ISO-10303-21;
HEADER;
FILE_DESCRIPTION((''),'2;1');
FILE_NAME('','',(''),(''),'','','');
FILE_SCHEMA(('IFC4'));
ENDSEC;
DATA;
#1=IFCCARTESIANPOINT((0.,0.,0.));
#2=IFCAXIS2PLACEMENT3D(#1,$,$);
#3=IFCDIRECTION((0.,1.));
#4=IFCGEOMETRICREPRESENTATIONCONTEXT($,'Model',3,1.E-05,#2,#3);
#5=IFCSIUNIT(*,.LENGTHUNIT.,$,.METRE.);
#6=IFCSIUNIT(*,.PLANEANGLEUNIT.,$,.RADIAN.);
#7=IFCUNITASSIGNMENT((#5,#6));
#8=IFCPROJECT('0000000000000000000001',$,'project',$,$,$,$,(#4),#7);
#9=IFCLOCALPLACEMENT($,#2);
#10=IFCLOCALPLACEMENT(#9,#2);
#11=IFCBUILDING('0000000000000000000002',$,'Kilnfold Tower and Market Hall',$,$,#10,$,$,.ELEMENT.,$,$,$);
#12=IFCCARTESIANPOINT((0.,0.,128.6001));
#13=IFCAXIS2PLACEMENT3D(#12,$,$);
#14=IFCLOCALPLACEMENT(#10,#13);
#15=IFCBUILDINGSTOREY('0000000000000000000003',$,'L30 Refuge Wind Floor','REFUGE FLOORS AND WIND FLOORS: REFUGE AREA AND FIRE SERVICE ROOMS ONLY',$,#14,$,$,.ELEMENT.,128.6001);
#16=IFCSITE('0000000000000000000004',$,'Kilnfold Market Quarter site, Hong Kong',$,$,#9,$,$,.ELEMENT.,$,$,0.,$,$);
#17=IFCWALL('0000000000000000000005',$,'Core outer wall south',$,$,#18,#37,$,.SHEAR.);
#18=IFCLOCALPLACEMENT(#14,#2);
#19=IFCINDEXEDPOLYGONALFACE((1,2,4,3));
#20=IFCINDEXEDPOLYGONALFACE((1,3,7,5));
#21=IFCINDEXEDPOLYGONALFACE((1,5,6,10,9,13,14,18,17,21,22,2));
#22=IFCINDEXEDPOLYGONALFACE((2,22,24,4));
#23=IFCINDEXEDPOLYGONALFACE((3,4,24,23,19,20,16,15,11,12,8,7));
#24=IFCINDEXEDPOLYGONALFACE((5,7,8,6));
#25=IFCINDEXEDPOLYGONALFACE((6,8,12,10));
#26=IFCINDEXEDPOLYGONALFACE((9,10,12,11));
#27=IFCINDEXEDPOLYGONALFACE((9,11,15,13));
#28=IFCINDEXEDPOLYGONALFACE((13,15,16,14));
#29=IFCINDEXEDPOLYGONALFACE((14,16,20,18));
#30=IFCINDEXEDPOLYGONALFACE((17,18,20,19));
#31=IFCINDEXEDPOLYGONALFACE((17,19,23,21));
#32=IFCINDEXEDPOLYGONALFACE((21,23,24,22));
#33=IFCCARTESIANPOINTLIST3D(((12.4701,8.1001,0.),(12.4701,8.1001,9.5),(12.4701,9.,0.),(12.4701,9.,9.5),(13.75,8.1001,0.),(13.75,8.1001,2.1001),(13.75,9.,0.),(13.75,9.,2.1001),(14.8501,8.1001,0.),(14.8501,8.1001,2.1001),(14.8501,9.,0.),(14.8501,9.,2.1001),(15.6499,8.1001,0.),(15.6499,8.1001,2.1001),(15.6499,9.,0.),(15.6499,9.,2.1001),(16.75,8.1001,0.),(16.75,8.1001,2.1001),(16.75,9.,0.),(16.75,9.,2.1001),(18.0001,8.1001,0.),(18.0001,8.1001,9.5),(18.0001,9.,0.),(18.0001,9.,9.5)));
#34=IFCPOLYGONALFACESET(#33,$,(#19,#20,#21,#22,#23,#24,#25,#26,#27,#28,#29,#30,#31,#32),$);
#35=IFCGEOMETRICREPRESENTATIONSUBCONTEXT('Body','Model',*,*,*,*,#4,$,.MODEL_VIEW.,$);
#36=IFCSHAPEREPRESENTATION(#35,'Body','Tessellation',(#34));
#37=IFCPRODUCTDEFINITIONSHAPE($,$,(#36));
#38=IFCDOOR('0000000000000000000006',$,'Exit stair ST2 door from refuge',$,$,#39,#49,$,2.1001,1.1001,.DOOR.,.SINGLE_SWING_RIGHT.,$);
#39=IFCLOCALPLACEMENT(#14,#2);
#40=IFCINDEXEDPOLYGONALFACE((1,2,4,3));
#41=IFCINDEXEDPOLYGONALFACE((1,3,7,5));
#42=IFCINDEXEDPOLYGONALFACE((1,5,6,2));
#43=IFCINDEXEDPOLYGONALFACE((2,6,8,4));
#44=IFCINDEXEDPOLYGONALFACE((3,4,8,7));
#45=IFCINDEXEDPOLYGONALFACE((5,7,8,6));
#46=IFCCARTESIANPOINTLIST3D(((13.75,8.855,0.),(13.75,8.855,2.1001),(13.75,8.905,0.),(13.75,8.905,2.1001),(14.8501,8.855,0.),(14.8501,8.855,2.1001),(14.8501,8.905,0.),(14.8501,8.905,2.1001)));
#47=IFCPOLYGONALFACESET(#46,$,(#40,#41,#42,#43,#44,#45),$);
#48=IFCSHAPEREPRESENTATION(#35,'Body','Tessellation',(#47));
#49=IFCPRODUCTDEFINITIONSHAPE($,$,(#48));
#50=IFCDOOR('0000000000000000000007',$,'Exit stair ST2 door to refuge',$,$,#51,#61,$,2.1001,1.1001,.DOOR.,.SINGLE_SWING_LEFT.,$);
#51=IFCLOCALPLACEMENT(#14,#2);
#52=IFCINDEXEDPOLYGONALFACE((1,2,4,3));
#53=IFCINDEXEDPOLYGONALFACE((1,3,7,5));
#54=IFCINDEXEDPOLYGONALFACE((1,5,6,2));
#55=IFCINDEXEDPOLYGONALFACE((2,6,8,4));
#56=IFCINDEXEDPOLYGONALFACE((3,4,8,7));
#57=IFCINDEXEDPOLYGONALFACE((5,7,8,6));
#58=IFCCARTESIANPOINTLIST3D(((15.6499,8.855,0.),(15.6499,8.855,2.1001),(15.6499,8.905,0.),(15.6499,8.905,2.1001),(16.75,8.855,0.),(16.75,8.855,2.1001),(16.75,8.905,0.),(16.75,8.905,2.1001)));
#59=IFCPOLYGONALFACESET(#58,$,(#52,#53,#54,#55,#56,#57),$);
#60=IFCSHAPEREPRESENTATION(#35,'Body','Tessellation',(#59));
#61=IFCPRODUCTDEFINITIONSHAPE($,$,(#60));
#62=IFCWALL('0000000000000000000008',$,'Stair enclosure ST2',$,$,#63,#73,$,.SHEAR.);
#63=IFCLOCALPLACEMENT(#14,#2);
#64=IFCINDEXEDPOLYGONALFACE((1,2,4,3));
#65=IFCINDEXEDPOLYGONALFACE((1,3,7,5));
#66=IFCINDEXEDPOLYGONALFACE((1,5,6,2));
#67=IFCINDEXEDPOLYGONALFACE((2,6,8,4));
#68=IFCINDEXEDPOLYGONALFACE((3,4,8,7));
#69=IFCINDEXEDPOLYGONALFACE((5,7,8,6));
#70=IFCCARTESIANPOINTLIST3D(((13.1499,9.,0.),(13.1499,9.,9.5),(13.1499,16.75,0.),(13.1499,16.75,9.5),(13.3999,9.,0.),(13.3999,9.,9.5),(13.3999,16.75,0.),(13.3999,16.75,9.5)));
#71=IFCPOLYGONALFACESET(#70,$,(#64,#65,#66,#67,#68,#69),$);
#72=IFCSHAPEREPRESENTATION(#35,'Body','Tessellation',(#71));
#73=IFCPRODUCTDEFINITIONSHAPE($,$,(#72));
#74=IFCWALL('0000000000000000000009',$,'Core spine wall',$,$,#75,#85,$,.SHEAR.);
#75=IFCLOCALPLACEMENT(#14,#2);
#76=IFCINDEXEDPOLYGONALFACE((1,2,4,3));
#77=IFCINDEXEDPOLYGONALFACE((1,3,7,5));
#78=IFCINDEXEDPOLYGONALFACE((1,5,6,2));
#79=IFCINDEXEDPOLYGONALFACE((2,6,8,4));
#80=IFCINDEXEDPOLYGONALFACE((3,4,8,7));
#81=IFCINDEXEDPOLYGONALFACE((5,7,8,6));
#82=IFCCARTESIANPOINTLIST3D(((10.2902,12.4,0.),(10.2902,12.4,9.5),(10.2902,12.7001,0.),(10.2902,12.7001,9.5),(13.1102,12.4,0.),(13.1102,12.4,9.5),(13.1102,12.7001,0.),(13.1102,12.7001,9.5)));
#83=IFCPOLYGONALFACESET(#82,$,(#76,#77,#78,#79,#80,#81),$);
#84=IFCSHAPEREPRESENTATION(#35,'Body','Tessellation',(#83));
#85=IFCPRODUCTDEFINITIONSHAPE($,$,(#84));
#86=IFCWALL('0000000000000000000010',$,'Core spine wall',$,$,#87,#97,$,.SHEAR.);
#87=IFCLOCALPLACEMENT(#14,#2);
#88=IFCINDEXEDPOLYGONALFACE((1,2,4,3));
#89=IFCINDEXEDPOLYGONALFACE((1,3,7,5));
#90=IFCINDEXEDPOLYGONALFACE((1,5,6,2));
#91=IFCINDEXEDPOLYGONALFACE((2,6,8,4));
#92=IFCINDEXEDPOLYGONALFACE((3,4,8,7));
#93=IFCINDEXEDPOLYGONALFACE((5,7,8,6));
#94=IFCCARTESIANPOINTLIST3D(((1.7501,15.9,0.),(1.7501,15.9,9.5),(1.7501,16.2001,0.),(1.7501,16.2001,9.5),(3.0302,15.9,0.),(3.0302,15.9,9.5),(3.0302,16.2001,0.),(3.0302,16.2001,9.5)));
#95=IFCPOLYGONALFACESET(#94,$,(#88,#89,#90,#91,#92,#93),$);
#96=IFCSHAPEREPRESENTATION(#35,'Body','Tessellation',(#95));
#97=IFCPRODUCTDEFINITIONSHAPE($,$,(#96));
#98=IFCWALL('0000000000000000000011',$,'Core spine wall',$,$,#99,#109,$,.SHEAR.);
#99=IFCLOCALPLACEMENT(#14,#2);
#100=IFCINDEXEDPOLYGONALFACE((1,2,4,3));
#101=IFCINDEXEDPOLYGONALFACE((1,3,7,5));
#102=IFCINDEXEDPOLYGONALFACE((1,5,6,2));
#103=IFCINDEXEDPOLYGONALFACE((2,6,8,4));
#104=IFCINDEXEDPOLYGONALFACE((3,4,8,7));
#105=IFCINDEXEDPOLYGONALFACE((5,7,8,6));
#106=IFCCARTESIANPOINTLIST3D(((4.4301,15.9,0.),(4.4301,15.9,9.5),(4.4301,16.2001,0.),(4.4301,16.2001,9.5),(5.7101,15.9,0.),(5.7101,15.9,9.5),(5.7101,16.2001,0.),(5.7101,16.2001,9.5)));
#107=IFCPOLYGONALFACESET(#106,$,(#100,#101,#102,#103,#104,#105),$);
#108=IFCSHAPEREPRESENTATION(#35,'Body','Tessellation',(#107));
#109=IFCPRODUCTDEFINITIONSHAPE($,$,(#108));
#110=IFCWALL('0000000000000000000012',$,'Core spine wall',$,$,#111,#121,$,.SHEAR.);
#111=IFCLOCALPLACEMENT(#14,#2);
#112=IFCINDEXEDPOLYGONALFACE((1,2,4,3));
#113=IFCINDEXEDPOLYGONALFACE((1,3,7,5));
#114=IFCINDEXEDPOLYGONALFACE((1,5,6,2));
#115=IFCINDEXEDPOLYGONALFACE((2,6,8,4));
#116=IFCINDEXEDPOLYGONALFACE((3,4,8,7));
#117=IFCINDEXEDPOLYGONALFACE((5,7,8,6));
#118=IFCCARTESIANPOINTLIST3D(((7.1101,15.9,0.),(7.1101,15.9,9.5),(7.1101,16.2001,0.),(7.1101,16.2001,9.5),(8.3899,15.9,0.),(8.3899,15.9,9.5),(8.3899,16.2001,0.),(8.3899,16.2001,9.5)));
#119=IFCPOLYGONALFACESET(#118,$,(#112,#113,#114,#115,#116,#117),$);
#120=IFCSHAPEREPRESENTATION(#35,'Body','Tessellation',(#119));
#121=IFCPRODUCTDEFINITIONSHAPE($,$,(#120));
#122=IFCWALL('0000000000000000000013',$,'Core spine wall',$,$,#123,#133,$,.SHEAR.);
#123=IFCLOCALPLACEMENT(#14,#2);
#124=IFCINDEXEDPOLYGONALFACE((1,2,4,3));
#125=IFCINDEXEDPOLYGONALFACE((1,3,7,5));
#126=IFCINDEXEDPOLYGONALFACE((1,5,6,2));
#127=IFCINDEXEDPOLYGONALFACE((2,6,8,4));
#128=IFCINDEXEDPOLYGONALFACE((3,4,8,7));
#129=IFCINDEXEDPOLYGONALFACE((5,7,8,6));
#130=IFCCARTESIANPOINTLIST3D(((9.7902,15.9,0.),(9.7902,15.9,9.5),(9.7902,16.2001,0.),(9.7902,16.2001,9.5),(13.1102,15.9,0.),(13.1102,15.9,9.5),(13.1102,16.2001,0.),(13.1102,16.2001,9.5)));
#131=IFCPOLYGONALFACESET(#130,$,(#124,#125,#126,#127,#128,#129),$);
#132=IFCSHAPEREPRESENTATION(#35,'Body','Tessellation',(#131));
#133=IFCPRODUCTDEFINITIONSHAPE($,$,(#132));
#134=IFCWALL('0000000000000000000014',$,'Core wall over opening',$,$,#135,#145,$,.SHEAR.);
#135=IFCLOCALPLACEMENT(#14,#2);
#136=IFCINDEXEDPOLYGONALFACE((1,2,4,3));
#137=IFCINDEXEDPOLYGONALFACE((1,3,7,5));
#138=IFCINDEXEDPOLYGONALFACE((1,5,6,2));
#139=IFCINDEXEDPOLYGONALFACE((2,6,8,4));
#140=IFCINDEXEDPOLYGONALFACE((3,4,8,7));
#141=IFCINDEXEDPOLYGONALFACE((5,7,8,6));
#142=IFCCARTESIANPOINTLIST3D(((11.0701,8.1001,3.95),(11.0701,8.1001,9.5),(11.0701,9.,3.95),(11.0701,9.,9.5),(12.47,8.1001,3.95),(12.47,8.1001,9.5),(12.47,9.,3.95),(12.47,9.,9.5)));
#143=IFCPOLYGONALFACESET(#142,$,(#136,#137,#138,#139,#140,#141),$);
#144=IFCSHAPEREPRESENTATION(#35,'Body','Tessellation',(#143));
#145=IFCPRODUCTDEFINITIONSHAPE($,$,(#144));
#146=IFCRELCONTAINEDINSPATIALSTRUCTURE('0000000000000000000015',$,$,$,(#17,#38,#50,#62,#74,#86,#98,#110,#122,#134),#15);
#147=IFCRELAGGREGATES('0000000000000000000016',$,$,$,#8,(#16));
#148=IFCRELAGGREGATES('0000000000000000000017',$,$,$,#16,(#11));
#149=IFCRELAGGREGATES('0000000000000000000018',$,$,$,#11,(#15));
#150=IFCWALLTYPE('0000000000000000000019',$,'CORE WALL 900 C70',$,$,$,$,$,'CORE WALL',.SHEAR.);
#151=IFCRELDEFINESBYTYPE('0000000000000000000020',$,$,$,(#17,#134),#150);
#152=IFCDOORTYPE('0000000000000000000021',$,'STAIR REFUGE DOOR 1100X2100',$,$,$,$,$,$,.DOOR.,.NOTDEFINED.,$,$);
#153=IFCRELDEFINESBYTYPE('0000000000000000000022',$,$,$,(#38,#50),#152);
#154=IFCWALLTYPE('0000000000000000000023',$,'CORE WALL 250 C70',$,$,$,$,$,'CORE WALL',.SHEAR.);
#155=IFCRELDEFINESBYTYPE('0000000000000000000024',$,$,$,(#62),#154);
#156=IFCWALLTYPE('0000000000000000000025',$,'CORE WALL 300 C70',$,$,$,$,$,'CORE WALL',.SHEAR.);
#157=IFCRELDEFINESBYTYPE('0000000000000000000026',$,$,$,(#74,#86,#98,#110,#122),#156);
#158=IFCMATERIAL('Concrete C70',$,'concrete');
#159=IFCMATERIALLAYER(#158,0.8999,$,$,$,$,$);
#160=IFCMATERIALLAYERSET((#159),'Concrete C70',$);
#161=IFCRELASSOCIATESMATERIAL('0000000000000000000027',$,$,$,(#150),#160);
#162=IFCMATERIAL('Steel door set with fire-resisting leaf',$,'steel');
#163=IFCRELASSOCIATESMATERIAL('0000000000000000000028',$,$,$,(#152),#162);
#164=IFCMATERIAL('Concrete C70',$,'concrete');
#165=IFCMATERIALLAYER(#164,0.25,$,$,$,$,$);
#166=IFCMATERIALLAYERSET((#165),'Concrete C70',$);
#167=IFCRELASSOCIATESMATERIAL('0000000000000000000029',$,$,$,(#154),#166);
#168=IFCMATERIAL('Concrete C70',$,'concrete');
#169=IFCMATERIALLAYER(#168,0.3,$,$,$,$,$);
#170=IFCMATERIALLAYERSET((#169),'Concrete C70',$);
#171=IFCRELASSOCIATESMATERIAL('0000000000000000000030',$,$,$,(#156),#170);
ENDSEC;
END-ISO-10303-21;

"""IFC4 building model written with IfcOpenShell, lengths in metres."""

from ifc_helpers import new_model, si_unit, direction, frame, frame_2d, origin, place, context, subcontext, project, spatial, rectangle, extrude, source, transform, mapped, material, layer, layer_set, type_object, element, fill, save


model = new_model("IFC4")

# Units and contexts
model_context = context("Model", 3, precision=1e-05, world=origin(), true_north=direction((0.0, 1.0)))
body_context = subcontext(model_context, "Body", "Model", "MODEL_VIEW")
ifc_project = project(units=[si_unit("LENGTHUNIT", "METRE"), si_unit("PLANEANGLEUNIT", "RADIAN")], contexts=[model_context])

# Site, building, storey
site_placement = place(None, origin())
site = spatial("IfcSite", under=ifc_project, at=site_placement, Name="Kilnfold Market Quarter site, Hong Kong", CompositionType="ELEMENT", RefElevation=0.0)
building_placement = place(site_placement, origin())
building = spatial("IfcBuilding", under=site, at=building_placement, Name="Kilnfold Tower and Market Hall", CompositionType="ELEMENT")
storey_placement = place(building_placement, frame((0.0, 0.0, 128.6001)))
storey = spatial("IfcBuildingStorey", under=building, at=storey_placement, Name="L30 Refuge Wind Floor", Description="REFUGE FLOORS AND WIND FLOORS: REFUGE AREA AND FIRE SERVICE ROOMS ONLY", CompositionType="ELEMENT", Elevation=128.6001)

# Wall, openings, doors
ifc_material_1 = material(Name="Concrete C70", Category="concrete")
ifc_layer_1 = layer(ifc_material_1, 0.8999)
ifc_layer_set_1 = layer_set([ifc_layer_1], Name="Concrete C70")
wall_type_1 = type_object("IfcWallType", Name="CORE WALL 900 C70", ElementType="CORE WALL", PredefinedType="SHEAR", material=ifc_layer_set_1)
shared_shape_1 = source(origin(), body_context, "Body", "SweptSolid", [
    extrude(rectangle(XDim=5.53, YDim=0.8999, at=frame_2d((2.7651, 0.0))), origin(), (0.0, 0.0, 1.0), 9.5),
])
wall_1_placement = place(storey_placement, frame((12.47, 8.55, 0.0), z_axis=(0.0, 0.0, 1.0), x_axis=(1.0, 0.0, 0.0)))
wall_1 = element("IfcWall", 1, at=wall_1_placement, inside=storey, type_object=wall_type_1, Name="Core outer wall south", PredefinedType="SHEAR", context=body_context, shape_type="MappedRepresentation", body=[
    mapped(shared_shape_1, transform((0.0, 0.0, 0.0))),
])
opening_1_placement = place(wall_1_placement, frame((1.28, 0.0, 0.0)))
opening_1 = element("IfcOpeningElement", 2, at=opening_1_placement, cuts=wall_1, PredefinedType="OPENING", context=body_context, shape_type="SweptSolid", body=[
    extrude(rectangle(XDim=1.1001, YDim=2.1001, at=frame_2d((0.55, 1.05))), frame((0.0, 0.46, 0.0), z_axis=(0.0, -1.0, 0.0), x_axis=(1.0, 0.0, 0.0)), (0.0, 0.0, 1.0), 0.9199),
])
opening_2_placement = place(wall_1_placement, frame((3.1799, 0.0, 0.0)))
opening_2 = element("IfcOpeningElement", 3, at=opening_2_placement, cuts=wall_1, PredefinedType="OPENING", context=body_context, shape_type="SweptSolid", body=[
    extrude(rectangle(XDim=1.1001, YDim=2.1001, at=frame_2d((0.55, 1.05))), frame((0.0, 0.46, 0.0), z_axis=(0.0, -1.0, 0.0), x_axis=(1.0, 0.0, 0.0)), (0.0, 0.0, 1.0), 0.9199),
])
ifc_material_2 = material(Name="Steel door set with fire-resisting leaf", Category="steel")
door_type_1 = type_object("IfcDoorType", Name="STAIR REFUGE DOOR 1100X2100", OperationType="NOTDEFINED", PredefinedType="DOOR", material=ifc_material_2)
door_1_placement = place(opening_1_placement, origin())
door_1 = element("IfcDoor", 4, at=door_1_placement, inside=storey, type_object=door_type_1, Name="Exit stair ST2 door from refuge", OperationType="SINGLE_SWING_RIGHT", OverallHeight=2.1001, OverallWidth=1.1001, PredefinedType="DOOR", context=body_context, shape_type="SweptSolid", body=[
    extrude(rectangle(XDim=1.1001, YDim=2.1001, at=frame_2d((0.55, 1.05))), frame((0.0, 0.355, 0.0), z_axis=(0.0, -1.0, 0.0), x_axis=(1.0, 0.0, 0.0)), (0.0, 0.0, 1.0), 0.05),
])
fill(opening_1, door_1)
door_2_placement = place(opening_2_placement, origin())
door_2 = element("IfcDoor", 5, at=door_2_placement, inside=storey, type_object=door_type_1, Name="Exit stair ST2 door to refuge", OperationType="SINGLE_SWING_LEFT", OverallHeight=2.1001, OverallWidth=1.1001, PredefinedType="DOOR", context=body_context, shape_type="SweptSolid", body=[
    extrude(rectangle(XDim=1.1001, YDim=2.1001, at=frame_2d((0.55, 1.05))), frame((0.0, 0.355, 0.0), z_axis=(0.0, -1.0, 0.0), x_axis=(1.0, 0.0, 0.0)), (0.0, 0.0, 1.0), 0.05),
])
fill(opening_2, door_2)

# Walls
ifc_material_3 = material(Name="Concrete C70", Category="concrete")
ifc_layer_2 = layer(ifc_material_3, 0.25)
ifc_layer_set_2 = layer_set([ifc_layer_2], Name="Concrete C70")
wall_type_2 = type_object("IfcWallType", Name="CORE WALL 250 C70", ElementType="CORE WALL", PredefinedType="SHEAR", material=ifc_layer_set_2)
shared_shape_2 = source(origin(), body_context, "Body", "SweptSolid", [
    extrude(rectangle(XDim=7.75, YDim=0.25, at=frame_2d((3.875, 0.0))), origin(), (0.0, 0.0, 1.0), 9.5),
])
wall_2_placement = place(storey_placement, frame((13.2749, 9.0, 0.0), z_axis=(0.0, 0.0, 1.0), x_axis=(0.0, 1.0, 0.0)))
element("IfcWall", 6, at=wall_2_placement, inside=storey, type_object=wall_type_2, Name="Stair enclosure ST2", PredefinedType="SHEAR", context=body_context, shape_type="MappedRepresentation", body=[
    mapped(shared_shape_2, transform((0.0, 0.0, 0.0))),
])
ifc_material_4 = material(Name="Concrete C70", Category="concrete")
ifc_layer_3 = layer(ifc_material_4, 0.3)
ifc_layer_set_3 = layer_set([ifc_layer_3], Name="Concrete C70")
wall_type_3 = type_object("IfcWallType", Name="CORE WALL 300 C70", ElementType="CORE WALL", PredefinedType="SHEAR", material=ifc_layer_set_3)
shared_shape_3 = source(origin(), body_context, "Body", "SweptSolid", [
    extrude(rectangle(XDim=2.8201, YDim=0.3, at=frame_2d((1.4102, 0.0))), origin(), (0.0, 0.0, 1.0), 9.5),
])
wall_3_placement = place(storey_placement, frame((10.29, 12.55, 0.0), z_axis=(0.0, 0.0, 1.0), x_axis=(1.0, 0.0, 0.0)))
element("IfcWall", 7, at=wall_3_placement, inside=storey, type_object=wall_type_3, Name="Core spine wall", PredefinedType="SHEAR", context=body_context, shape_type="MappedRepresentation", body=[
    mapped(shared_shape_3, transform((0.0, 0.0, 0.0))),
])
shared_shape_4 = source(origin(), body_context, "Body", "SweptSolid", [
    extrude(rectangle(XDim=1.28, YDim=0.3, at=frame_2d((0.6401, 0.0))), origin(), (0.0, 0.0, 1.0), 9.5),
])
for number, where, z_axis, x_axis, name in (
    (8, (1.75, 16.05, 0.0), (0.0, 0.0, 1.0), (1.0, 0.0, 0.0), "Core spine wall"),
    (9, (4.4299, 16.05, 0.0), (0.0, 0.0, 1.0), (1.0, 0.0, 0.0), "Core spine wall"),
):
    element("IfcWall", number, at=place(storey_placement, frame(where, z_axis=z_axis, x_axis=x_axis)), inside=storey, type_object=wall_type_3, Name=name, PredefinedType="SHEAR", context=body_context, shape_type="MappedRepresentation", body=[
        mapped(shared_shape_4, transform((0.0, 0.0, 0.0))),
    ])
shared_shape_5 = source(origin(), body_context, "Body", "SweptSolid", [
    extrude(rectangle(XDim=1.2798, YDim=0.3, at=frame_2d((0.6399, 0.0))), origin(), (0.0, 0.0, 1.0), 9.5),
])
wall_4_placement = place(storey_placement, frame((7.1101, 16.05, 0.0), z_axis=(0.0, 0.0, 1.0), x_axis=(1.0, 0.0, 0.0)))
element("IfcWall", 10, at=wall_4_placement, inside=storey, type_object=wall_type_3, Name="Core spine wall", PredefinedType="SHEAR", context=body_context, shape_type="MappedRepresentation", body=[
    mapped(shared_shape_5, transform((0.0, 0.0, 0.0))),
])
shared_shape_6 = source(origin(), body_context, "Body", "SweptSolid", [
    extrude(rectangle(XDim=3.3201, YDim=0.3, at=frame_2d((1.6602, 0.0))), origin(), (0.0, 0.0, 1.0), 9.5),
])
wall_5_placement = place(storey_placement, frame((9.79, 16.05, 0.0), z_axis=(0.0, 0.0, 1.0), x_axis=(1.0, 0.0, 0.0)))
element("IfcWall", 11, at=wall_5_placement, inside=storey, type_object=wall_type_3, Name="Core spine wall", PredefinedType="SHEAR", context=body_context, shape_type="MappedRepresentation", body=[
    mapped(shared_shape_6, transform((0.0, 0.0, 0.0))),
])
shared_shape_7 = source(origin(), body_context, "Body", "SweptSolid", [
    extrude(rectangle(XDim=1.3999, YDim=0.8999, at=frame_2d((0.7, 0.0))), origin(), (0.0, 0.0, 1.0), 5.55),
])
wall_6_placement = place(storey_placement, frame((11.0701, 8.55, 3.95), z_axis=(0.0, 0.0, 1.0), x_axis=(1.0, 0.0, 0.0)))
element("IfcWall", 12, at=wall_6_placement, inside=storey, type_object=wall_type_1, Name="Core wall over opening", PredefinedType="SHEAR", context=body_context, shape_type="MappedRepresentation", body=[
    mapped(shared_shape_7, transform((0.0, 0.0, 0.0))),
])

save(model, "model.ifc")
